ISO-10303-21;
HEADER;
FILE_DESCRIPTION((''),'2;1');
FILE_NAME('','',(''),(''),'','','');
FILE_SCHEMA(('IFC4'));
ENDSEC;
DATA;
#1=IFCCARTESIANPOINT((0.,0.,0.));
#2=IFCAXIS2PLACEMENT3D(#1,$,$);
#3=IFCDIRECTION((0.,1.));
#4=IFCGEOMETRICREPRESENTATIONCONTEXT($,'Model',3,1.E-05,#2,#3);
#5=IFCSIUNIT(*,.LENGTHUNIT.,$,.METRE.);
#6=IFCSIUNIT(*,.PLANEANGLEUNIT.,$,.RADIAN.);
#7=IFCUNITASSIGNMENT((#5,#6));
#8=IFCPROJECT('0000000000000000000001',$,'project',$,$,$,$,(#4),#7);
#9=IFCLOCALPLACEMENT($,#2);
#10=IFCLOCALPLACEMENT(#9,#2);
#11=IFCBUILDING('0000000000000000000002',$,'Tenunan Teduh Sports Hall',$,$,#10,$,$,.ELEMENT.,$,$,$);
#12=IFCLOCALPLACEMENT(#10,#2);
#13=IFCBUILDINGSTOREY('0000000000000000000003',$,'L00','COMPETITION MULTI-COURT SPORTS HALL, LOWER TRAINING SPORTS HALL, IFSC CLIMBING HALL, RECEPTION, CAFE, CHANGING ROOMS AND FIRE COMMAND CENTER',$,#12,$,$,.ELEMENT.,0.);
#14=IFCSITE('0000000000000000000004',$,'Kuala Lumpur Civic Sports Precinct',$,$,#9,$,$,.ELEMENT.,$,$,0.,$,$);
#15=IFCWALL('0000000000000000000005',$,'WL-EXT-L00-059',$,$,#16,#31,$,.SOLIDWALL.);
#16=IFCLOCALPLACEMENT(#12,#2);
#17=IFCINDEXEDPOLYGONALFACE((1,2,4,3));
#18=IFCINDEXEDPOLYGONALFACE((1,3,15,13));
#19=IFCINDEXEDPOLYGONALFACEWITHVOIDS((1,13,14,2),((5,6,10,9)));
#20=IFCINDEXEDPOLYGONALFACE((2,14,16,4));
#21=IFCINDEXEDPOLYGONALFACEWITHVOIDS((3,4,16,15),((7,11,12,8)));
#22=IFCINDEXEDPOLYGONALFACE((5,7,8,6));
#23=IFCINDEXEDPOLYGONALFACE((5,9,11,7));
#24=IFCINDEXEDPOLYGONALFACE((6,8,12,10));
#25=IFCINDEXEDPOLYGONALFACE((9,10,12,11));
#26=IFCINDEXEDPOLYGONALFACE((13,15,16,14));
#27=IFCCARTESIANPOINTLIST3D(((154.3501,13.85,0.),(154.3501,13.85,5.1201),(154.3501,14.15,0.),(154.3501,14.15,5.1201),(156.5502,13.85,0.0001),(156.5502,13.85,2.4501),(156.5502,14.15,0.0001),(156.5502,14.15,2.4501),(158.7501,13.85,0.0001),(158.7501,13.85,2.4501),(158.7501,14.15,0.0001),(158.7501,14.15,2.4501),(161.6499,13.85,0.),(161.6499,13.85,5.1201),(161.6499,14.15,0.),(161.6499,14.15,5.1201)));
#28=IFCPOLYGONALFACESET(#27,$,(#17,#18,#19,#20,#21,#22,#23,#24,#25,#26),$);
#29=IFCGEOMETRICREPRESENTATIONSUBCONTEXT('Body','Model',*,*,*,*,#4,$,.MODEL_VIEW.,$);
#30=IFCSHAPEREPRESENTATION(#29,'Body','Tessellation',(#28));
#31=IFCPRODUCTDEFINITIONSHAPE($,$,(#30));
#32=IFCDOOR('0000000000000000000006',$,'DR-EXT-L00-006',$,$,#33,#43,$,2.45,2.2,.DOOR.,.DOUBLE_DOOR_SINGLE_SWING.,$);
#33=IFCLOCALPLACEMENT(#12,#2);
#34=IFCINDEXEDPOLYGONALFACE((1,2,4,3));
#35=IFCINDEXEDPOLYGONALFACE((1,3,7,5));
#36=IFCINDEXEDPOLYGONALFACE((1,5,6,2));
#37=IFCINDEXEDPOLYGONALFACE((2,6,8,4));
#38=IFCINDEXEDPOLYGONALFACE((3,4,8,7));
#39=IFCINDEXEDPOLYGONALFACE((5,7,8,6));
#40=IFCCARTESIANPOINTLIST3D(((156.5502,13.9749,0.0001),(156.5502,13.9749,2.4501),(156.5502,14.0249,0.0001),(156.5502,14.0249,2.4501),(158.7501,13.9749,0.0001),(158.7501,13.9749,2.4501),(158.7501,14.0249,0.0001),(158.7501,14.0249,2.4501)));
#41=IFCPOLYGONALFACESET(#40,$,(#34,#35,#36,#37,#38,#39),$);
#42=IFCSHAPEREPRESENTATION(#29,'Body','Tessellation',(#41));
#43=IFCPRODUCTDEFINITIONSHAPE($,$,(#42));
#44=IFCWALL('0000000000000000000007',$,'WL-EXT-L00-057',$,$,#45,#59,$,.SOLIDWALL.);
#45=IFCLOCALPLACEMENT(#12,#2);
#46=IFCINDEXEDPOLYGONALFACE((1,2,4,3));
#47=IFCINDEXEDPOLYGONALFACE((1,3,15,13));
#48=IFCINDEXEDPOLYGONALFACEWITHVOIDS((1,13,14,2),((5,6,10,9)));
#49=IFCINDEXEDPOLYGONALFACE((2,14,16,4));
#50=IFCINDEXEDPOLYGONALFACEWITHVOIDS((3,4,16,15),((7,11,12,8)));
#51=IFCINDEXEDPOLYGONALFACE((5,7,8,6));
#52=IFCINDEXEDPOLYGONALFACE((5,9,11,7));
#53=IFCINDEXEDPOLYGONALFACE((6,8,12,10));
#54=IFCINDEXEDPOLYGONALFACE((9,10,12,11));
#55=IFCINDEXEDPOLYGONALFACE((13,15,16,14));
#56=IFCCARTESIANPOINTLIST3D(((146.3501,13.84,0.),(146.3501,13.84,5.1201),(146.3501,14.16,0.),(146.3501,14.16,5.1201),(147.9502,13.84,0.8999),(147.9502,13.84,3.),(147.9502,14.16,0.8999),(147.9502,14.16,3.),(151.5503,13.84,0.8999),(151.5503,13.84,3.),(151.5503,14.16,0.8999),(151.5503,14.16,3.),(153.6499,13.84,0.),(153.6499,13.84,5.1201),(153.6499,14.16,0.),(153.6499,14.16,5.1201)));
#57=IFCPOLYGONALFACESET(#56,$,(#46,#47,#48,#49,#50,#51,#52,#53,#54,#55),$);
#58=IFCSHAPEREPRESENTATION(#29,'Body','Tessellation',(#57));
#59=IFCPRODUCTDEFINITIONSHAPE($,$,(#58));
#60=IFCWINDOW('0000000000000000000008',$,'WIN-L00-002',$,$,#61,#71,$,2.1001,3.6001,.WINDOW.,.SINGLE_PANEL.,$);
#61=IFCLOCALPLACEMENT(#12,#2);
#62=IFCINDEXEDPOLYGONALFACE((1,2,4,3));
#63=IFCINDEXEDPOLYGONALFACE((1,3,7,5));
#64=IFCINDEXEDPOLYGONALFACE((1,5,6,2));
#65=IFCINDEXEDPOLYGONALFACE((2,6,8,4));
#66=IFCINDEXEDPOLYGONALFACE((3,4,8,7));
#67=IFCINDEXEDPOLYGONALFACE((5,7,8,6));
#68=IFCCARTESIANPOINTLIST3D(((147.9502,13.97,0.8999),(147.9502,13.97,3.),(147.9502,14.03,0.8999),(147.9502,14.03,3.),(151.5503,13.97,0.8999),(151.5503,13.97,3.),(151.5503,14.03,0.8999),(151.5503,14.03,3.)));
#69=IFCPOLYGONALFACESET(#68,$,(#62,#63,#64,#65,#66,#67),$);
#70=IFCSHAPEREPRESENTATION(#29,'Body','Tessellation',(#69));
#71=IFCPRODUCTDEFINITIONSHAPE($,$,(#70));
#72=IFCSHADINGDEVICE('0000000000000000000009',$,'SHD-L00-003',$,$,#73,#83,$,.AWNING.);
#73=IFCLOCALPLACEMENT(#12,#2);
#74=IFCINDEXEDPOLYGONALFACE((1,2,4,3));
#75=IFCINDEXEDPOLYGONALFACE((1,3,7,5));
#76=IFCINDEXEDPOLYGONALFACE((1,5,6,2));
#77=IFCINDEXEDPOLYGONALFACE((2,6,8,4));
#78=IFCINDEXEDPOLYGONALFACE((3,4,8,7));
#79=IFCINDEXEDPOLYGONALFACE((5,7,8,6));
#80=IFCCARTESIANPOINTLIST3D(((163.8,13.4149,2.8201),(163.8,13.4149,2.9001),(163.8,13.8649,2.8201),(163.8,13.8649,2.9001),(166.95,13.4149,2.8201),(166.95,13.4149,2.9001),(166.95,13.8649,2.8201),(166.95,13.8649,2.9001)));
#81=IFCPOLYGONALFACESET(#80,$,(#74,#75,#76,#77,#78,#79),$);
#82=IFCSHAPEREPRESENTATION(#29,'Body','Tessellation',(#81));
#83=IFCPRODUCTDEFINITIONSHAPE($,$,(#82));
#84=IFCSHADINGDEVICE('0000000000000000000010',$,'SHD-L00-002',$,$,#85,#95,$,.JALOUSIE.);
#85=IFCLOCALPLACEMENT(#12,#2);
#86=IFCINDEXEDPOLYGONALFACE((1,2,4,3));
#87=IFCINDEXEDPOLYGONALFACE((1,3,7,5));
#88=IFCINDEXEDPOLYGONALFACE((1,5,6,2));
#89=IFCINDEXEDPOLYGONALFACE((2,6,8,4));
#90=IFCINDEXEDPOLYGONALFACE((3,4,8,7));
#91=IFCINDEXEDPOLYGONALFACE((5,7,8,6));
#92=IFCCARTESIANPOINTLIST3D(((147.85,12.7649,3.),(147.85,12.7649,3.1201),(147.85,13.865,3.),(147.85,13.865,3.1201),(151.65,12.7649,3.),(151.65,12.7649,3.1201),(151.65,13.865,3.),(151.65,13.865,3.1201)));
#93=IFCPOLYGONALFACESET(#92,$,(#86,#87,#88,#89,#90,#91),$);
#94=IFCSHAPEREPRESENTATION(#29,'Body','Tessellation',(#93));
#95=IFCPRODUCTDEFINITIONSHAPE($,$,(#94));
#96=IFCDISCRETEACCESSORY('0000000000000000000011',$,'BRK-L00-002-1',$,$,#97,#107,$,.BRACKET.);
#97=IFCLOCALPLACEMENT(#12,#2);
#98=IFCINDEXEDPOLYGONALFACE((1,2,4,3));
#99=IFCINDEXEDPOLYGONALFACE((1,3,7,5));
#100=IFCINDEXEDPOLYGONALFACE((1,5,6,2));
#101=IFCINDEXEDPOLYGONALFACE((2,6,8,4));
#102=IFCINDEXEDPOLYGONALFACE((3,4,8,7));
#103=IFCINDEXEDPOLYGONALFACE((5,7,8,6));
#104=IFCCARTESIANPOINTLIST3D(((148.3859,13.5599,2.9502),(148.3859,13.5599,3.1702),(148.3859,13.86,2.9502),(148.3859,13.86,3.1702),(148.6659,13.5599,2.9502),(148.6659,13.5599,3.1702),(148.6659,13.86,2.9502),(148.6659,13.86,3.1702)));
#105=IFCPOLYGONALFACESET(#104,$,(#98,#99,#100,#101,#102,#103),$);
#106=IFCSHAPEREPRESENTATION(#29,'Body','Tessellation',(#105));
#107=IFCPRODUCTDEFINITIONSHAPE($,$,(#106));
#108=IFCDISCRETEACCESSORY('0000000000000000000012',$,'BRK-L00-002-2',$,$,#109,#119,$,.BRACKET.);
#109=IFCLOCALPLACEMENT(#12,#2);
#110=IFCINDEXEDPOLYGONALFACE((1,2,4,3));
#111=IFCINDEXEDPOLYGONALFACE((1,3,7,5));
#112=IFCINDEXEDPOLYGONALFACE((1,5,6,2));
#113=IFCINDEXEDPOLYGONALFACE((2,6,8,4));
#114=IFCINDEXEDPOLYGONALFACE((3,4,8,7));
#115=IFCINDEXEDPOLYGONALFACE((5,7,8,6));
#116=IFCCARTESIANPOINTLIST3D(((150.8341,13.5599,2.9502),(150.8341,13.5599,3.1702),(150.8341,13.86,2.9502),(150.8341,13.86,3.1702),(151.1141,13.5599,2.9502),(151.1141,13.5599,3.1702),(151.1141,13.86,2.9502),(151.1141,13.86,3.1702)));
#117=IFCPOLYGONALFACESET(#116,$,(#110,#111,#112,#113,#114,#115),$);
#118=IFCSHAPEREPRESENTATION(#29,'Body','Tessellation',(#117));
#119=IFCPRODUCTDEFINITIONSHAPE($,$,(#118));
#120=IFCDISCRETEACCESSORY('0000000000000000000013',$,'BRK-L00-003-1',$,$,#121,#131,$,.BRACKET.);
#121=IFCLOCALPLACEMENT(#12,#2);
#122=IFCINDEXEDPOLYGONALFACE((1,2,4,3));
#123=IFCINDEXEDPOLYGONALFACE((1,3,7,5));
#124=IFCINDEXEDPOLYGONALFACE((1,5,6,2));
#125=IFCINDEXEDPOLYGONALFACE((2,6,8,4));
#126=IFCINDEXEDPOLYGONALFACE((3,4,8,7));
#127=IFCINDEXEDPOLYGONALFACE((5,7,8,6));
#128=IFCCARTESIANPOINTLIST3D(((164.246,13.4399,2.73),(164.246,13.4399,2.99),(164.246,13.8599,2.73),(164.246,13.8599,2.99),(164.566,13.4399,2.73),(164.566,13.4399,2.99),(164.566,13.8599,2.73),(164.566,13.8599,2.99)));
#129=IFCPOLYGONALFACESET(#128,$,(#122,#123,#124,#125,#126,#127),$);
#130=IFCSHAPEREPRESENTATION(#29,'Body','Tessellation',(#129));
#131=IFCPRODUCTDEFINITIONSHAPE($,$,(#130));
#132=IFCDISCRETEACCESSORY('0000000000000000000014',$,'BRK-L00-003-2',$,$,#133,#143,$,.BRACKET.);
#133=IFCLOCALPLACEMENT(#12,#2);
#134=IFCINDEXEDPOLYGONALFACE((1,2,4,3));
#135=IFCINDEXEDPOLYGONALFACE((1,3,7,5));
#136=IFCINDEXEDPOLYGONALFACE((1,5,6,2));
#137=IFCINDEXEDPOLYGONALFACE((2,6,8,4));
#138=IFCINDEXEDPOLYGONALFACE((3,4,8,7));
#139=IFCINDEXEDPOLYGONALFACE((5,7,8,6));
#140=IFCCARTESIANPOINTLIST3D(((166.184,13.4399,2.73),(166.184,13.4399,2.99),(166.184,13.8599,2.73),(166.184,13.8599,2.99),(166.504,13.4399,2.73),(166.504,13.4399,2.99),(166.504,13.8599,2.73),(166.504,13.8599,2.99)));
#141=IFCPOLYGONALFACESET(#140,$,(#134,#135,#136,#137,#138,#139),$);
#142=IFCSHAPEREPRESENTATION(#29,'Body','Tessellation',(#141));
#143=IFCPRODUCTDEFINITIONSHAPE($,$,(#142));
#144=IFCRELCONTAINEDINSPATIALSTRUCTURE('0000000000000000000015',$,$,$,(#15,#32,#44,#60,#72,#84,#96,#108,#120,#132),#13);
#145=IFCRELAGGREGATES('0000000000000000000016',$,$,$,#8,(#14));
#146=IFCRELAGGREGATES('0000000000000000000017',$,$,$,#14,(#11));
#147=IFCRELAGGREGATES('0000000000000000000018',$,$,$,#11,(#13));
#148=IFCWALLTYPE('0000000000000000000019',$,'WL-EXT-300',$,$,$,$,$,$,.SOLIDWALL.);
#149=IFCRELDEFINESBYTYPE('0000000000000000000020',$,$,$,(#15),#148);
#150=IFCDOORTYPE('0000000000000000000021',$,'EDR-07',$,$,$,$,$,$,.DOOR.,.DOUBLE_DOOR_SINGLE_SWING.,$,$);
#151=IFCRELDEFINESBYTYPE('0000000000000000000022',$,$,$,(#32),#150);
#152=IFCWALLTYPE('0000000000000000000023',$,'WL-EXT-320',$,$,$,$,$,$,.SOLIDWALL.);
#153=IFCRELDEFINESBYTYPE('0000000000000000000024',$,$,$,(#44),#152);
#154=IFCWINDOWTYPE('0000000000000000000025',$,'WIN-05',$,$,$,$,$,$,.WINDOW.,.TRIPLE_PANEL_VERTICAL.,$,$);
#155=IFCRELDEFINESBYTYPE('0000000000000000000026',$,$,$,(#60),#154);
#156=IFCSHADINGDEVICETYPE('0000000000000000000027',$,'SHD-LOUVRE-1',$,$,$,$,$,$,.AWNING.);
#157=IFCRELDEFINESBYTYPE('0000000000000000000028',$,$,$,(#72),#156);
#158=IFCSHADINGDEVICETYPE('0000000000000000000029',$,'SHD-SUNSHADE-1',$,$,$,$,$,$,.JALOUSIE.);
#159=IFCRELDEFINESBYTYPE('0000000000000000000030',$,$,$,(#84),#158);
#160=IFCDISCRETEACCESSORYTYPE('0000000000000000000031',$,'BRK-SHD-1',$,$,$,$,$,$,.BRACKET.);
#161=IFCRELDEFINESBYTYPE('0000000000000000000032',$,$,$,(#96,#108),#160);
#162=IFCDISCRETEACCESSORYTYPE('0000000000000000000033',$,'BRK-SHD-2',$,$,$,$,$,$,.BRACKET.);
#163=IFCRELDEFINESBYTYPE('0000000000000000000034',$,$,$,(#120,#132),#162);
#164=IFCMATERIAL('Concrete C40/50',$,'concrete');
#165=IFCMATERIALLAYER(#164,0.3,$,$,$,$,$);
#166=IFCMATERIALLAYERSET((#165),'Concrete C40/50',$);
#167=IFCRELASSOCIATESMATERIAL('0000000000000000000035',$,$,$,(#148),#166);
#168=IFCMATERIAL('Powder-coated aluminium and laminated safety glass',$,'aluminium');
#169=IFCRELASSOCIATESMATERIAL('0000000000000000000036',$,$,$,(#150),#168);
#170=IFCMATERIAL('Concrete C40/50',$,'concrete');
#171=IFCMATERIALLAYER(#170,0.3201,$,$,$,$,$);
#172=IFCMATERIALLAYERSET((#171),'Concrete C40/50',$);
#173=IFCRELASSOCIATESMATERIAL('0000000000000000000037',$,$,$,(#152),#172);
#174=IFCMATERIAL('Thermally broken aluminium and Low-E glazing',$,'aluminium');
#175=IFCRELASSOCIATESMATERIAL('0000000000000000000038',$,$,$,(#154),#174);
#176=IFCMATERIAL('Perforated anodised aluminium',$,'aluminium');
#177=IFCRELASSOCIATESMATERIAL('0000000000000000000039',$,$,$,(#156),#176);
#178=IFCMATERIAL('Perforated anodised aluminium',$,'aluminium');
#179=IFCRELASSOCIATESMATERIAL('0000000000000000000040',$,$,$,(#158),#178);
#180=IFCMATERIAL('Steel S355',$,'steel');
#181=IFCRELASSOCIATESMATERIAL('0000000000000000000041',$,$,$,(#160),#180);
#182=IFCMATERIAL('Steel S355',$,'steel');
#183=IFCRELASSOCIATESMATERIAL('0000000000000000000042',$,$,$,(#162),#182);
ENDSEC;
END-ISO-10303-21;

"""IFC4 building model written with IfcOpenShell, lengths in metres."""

from ifc_helpers import new_model, si_unit, direction, frame, frame_2d, origin, origin_2d, place, context, subcontext, project, spatial, rectangle, extrude, material, layer, layer_set, type_object, element, fill, save


model = new_model("IFC4")

# Units and contexts
model_context = context("Model", 3, precision=1e-05, world=origin(), true_north=direction((0.0, 1.0)))
body_context = subcontext(model_context, "Body", "Model", "MODEL_VIEW")
ifc_project = project(units=[si_unit("LENGTHUNIT", "METRE"), si_unit("PLANEANGLEUNIT", "RADIAN")], contexts=[model_context])

# Site, building, storey
site_placement = place(None, origin())
site = spatial("IfcSite", under=ifc_project, at=site_placement, Name="Kuala Lumpur Civic Sports Precinct", CompositionType="ELEMENT", RefElevation=0.0)
building_placement = place(site_placement, origin())
building = spatial("IfcBuilding", under=site, at=building_placement, Name="Tenunan Teduh Sports Hall", CompositionType="ELEMENT")
storey_placement = place(building_placement, origin())
storey = spatial("IfcBuildingStorey", under=building, at=storey_placement, Name="L00", Description="COMPETITION MULTI-COURT SPORTS HALL, LOWER TRAINING SPORTS HALL, IFSC CLIMBING HALL, RECEPTION, CAFE, CHANGING ROOMS AND FIRE COMMAND CENTER", CompositionType="ELEMENT", Elevation=0.0)

# Wall, opening, door
ifc_material_1 = material(Name="Concrete C40/50", Category="concrete")
ifc_layer_1 = layer(ifc_material_1, 0.3)
ifc_layer_set_1 = layer_set([ifc_layer_1], Name="Concrete C40/50")
wall_type_1 = type_object("IfcWallType", Name="WL-EXT-300", PredefinedType="SOLIDWALL", material=ifc_layer_set_1)
wall_1_placement = place(storey_placement, frame((154.3501, 14.0, 0.0), z_axis=(0.0, 0.0, 1.0), x_axis=(1.0, 0.0, 0.0)))
wall_1 = element("IfcWall", 1, at=wall_1_placement, inside=storey, type_object=wall_type_1, Name="WL-EXT-L00-059", PredefinedType="SOLIDWALL", context=body_context, shape_type="SweptSolid", body=[
    extrude(rectangle(XDim=7.2998, YDim=0.3, at=frame_2d((3.6499, 0.0))), origin(), (0.0, 0.0, 1.0), 5.1201),
])
opening_1_placement = place(wall_1_placement, frame((2.2, 0.0, 0.0)))
opening_1 = element("IfcOpeningElement", 2, at=opening_1_placement, cuts=wall_1, PredefinedType="OPENING", context=body_context, shape_type="SweptSolid", body=[
    extrude(rectangle(XDim=2.2, YDim=2.45, at=frame_2d((1.1001, 1.2251))), frame((0.0, 0.1599, 0.0), z_axis=(0.0, -1.0, 0.0), x_axis=(1.0, 0.0, 0.0)), (0.0, 0.0, 1.0), 0.3201),
])
ifc_material_2 = material(Name="Powder-coated aluminium and laminated safety glass", Category="aluminium")
door_type = type_object("IfcDoorType", Name="EDR-07", OperationType="DOUBLE_DOOR_SINGLE_SWING", PredefinedType="DOOR", material=ifc_material_2)
door_placement = place(opening_1_placement, origin())
door = element("IfcDoor", 3, at=door_placement, inside=storey, type_object=door_type, Name="DR-EXT-L00-006", OperationType="DOUBLE_DOOR_SINGLE_SWING", OverallHeight=2.45, OverallWidth=2.2, PredefinedType="DOOR", context=body_context, shape_type="SweptSolid", body=[
    extrude(rectangle(XDim=2.2, YDim=2.45, at=frame_2d((1.1001, 1.2251))), frame((0.0, 0.0249, 0.0), z_axis=(0.0, -1.0, 0.0), x_axis=(1.0, 0.0, 0.0)), (0.0, 0.0, 1.0), 0.05),
])
fill(opening_1, door)

# Wall, opening, window
ifc_material_3 = material(Name="Concrete C40/50", Category="concrete")
ifc_layer_2 = layer(ifc_material_3, 0.3201)
ifc_layer_set_2 = layer_set([ifc_layer_2], Name="Concrete C40/50")
wall_type_2 = type_object("IfcWallType", Name="WL-EXT-320", PredefinedType="SOLIDWALL", material=ifc_layer_set_2)
wall_2_placement = place(storey_placement, frame((146.3501, 14.0, 0.0), z_axis=(0.0, 0.0, 1.0), x_axis=(1.0, 0.0, 0.0)))
wall_2 = element("IfcWall", 4, at=wall_2_placement, inside=storey, type_object=wall_type_2, Name="WL-EXT-L00-057", PredefinedType="SOLIDWALL", context=body_context, shape_type="SweptSolid", body=[
    extrude(rectangle(XDim=7.2998, YDim=0.3201, at=frame_2d((3.6499, 0.0))), origin(), (0.0, 0.0, 1.0), 5.1201),
])
opening_2_placement = place(wall_2_placement, frame((1.6001, 0.0, 0.8999)))
opening_2 = element("IfcOpeningElement", 5, at=opening_2_placement, cuts=wall_2, PredefinedType="OPENING", context=body_context, shape_type="SweptSolid", body=[
    extrude(rectangle(XDim=3.6001, YDim=2.1001, at=frame_2d((1.8, 1.05))), frame((0.0, 0.1699, 0.0), z_axis=(0.0, -1.0, 0.0), x_axis=(1.0, 0.0, 0.0)), (0.0, 0.0, 1.0), 0.3401),
])
ifc_material_4 = material(Name="Thermally broken aluminium and Low-E glazing", Category="aluminium")
window_type = type_object("IfcWindowType", Name="WIN-05", PartitioningType="TRIPLE_PANEL_VERTICAL", PredefinedType="WINDOW", material=ifc_material_4)
window_placement = place(opening_2_placement, origin())
window = element("IfcWindow", 6, at=window_placement, inside=storey, type_object=window_type, Name="WIN-L00-002", OverallHeight=2.1001, OverallWidth=3.6001, PartitioningType="SINGLE_PANEL", PredefinedType="WINDOW", context=body_context, shape_type="SweptSolid", body=[
    extrude(rectangle(XDim=3.6001, YDim=2.1001, at=frame_2d((1.8, 1.05))), frame((0.0, 0.03, 0.0), z_axis=(0.0, -1.0, 0.0), x_axis=(1.0, 0.0, 0.0)), (0.0, 0.0, 1.0), 0.0601),
])
fill(opening_2, window)

# Shading devices
ifc_material_5 = material(Name="Perforated anodised aluminium", Category="aluminium")
shading_device_type_1 = type_object("IfcShadingDeviceType", Name="SHD-LOUVRE-1", PredefinedType="AWNING", material=ifc_material_5)
shading_device_1_placement = place(storey_placement, frame((165.375, 13.6399, 2.8201), z_axis=(0.0, 0.0, 1.0), x_axis=(1.0, 0.0, 0.0)))
element("IfcShadingDevice", 7, at=shading_device_1_placement, inside=storey, type_object=shading_device_type_1, Name="SHD-L00-003", PredefinedType="AWNING", context=body_context, shape_type="SweptSolid", body=[
    extrude(rectangle(XDim=3.1499, YDim=0.45, at=origin_2d()), origin(), (0.0, 0.0, 1.0), 0.0801),
])
ifc_material_6 = material(Name="Perforated anodised aluminium", Category="aluminium")
shading_device_type_2 = type_object("IfcShadingDeviceType", Name="SHD-SUNSHADE-1", PredefinedType="JALOUSIE", material=ifc_material_6)
shading_device_2_placement = place(storey_placement, frame((149.75, 13.3149, 3.0), z_axis=(0.0, 0.0, 1.0), x_axis=(1.0, 0.0, 0.0)))
element("IfcShadingDevice", 8, at=shading_device_2_placement, inside=storey, type_object=shading_device_type_2, Name="SHD-L00-002", PredefinedType="JALOUSIE", context=body_context, shape_type="SweptSolid", body=[
    extrude(rectangle(XDim=3.8, YDim=1.1001, at=origin_2d()), origin(), (0.0, 0.0, 1.0), 0.1201),
])

# Discrete accessories
ifc_material_7 = material(Name="Steel S355", Category="steel")
discrete_accessory_type_1 = type_object("IfcDiscreteAccessoryType", Name="BRK-SHD-1", PredefinedType="BRACKET", material=ifc_material_7)
for number, where, z_axis, x_axis, name in (
    (9, (148.5259, 13.71, 2.9502), (0.0, 0.0, 1.0), (1.0, 0.0, 0.0), "BRK-L00-002-1"),
    (10, (150.9741, 13.71, 2.9502), (0.0, 0.0, 1.0), (1.0, 0.0, 0.0), "BRK-L00-002-2"),
):
    element("IfcDiscreteAccessory", number, at=place(storey_placement, frame(where, z_axis=z_axis, x_axis=x_axis)), inside=storey, type_object=discrete_accessory_type_1, Name=name, PredefinedType="BRACKET", context=body_context, shape_type="SweptSolid", body=[
        extrude(rectangle(XDim=0.28, YDim=0.3, at=origin_2d()), origin(), (0.0, 0.0, 1.0), 0.22),
    ])
ifc_material_8 = material(Name="Steel S355", Category="steel")
discrete_accessory_type_2 = type_object("IfcDiscreteAccessoryType", Name="BRK-SHD-2", PredefinedType="BRACKET", material=ifc_material_8)
for number, where, z_axis, x_axis, name in (
    (11, (164.406, 13.6499, 2.73), (0.0, 0.0, 1.0), (1.0, 0.0, 0.0), "BRK-L00-003-1"),
    (12, (166.344, 13.6499, 2.73), (0.0, 0.0, 1.0), (1.0, 0.0, 0.0), "BRK-L00-003-2"),
):
    element("IfcDiscreteAccessory", number, at=place(storey_placement, frame(where, z_axis=z_axis, x_axis=x_axis)), inside=storey, type_object=discrete_accessory_type_2, Name=name, PredefinedType="BRACKET", context=body_context, shape_type="SweptSolid", body=[
        extrude(rectangle(XDim=0.3201, YDim=0.4199, at=origin_2d()), origin(), (0.0, 0.0, 1.0), 0.26),
    ])

save(model, "model.ifc")
